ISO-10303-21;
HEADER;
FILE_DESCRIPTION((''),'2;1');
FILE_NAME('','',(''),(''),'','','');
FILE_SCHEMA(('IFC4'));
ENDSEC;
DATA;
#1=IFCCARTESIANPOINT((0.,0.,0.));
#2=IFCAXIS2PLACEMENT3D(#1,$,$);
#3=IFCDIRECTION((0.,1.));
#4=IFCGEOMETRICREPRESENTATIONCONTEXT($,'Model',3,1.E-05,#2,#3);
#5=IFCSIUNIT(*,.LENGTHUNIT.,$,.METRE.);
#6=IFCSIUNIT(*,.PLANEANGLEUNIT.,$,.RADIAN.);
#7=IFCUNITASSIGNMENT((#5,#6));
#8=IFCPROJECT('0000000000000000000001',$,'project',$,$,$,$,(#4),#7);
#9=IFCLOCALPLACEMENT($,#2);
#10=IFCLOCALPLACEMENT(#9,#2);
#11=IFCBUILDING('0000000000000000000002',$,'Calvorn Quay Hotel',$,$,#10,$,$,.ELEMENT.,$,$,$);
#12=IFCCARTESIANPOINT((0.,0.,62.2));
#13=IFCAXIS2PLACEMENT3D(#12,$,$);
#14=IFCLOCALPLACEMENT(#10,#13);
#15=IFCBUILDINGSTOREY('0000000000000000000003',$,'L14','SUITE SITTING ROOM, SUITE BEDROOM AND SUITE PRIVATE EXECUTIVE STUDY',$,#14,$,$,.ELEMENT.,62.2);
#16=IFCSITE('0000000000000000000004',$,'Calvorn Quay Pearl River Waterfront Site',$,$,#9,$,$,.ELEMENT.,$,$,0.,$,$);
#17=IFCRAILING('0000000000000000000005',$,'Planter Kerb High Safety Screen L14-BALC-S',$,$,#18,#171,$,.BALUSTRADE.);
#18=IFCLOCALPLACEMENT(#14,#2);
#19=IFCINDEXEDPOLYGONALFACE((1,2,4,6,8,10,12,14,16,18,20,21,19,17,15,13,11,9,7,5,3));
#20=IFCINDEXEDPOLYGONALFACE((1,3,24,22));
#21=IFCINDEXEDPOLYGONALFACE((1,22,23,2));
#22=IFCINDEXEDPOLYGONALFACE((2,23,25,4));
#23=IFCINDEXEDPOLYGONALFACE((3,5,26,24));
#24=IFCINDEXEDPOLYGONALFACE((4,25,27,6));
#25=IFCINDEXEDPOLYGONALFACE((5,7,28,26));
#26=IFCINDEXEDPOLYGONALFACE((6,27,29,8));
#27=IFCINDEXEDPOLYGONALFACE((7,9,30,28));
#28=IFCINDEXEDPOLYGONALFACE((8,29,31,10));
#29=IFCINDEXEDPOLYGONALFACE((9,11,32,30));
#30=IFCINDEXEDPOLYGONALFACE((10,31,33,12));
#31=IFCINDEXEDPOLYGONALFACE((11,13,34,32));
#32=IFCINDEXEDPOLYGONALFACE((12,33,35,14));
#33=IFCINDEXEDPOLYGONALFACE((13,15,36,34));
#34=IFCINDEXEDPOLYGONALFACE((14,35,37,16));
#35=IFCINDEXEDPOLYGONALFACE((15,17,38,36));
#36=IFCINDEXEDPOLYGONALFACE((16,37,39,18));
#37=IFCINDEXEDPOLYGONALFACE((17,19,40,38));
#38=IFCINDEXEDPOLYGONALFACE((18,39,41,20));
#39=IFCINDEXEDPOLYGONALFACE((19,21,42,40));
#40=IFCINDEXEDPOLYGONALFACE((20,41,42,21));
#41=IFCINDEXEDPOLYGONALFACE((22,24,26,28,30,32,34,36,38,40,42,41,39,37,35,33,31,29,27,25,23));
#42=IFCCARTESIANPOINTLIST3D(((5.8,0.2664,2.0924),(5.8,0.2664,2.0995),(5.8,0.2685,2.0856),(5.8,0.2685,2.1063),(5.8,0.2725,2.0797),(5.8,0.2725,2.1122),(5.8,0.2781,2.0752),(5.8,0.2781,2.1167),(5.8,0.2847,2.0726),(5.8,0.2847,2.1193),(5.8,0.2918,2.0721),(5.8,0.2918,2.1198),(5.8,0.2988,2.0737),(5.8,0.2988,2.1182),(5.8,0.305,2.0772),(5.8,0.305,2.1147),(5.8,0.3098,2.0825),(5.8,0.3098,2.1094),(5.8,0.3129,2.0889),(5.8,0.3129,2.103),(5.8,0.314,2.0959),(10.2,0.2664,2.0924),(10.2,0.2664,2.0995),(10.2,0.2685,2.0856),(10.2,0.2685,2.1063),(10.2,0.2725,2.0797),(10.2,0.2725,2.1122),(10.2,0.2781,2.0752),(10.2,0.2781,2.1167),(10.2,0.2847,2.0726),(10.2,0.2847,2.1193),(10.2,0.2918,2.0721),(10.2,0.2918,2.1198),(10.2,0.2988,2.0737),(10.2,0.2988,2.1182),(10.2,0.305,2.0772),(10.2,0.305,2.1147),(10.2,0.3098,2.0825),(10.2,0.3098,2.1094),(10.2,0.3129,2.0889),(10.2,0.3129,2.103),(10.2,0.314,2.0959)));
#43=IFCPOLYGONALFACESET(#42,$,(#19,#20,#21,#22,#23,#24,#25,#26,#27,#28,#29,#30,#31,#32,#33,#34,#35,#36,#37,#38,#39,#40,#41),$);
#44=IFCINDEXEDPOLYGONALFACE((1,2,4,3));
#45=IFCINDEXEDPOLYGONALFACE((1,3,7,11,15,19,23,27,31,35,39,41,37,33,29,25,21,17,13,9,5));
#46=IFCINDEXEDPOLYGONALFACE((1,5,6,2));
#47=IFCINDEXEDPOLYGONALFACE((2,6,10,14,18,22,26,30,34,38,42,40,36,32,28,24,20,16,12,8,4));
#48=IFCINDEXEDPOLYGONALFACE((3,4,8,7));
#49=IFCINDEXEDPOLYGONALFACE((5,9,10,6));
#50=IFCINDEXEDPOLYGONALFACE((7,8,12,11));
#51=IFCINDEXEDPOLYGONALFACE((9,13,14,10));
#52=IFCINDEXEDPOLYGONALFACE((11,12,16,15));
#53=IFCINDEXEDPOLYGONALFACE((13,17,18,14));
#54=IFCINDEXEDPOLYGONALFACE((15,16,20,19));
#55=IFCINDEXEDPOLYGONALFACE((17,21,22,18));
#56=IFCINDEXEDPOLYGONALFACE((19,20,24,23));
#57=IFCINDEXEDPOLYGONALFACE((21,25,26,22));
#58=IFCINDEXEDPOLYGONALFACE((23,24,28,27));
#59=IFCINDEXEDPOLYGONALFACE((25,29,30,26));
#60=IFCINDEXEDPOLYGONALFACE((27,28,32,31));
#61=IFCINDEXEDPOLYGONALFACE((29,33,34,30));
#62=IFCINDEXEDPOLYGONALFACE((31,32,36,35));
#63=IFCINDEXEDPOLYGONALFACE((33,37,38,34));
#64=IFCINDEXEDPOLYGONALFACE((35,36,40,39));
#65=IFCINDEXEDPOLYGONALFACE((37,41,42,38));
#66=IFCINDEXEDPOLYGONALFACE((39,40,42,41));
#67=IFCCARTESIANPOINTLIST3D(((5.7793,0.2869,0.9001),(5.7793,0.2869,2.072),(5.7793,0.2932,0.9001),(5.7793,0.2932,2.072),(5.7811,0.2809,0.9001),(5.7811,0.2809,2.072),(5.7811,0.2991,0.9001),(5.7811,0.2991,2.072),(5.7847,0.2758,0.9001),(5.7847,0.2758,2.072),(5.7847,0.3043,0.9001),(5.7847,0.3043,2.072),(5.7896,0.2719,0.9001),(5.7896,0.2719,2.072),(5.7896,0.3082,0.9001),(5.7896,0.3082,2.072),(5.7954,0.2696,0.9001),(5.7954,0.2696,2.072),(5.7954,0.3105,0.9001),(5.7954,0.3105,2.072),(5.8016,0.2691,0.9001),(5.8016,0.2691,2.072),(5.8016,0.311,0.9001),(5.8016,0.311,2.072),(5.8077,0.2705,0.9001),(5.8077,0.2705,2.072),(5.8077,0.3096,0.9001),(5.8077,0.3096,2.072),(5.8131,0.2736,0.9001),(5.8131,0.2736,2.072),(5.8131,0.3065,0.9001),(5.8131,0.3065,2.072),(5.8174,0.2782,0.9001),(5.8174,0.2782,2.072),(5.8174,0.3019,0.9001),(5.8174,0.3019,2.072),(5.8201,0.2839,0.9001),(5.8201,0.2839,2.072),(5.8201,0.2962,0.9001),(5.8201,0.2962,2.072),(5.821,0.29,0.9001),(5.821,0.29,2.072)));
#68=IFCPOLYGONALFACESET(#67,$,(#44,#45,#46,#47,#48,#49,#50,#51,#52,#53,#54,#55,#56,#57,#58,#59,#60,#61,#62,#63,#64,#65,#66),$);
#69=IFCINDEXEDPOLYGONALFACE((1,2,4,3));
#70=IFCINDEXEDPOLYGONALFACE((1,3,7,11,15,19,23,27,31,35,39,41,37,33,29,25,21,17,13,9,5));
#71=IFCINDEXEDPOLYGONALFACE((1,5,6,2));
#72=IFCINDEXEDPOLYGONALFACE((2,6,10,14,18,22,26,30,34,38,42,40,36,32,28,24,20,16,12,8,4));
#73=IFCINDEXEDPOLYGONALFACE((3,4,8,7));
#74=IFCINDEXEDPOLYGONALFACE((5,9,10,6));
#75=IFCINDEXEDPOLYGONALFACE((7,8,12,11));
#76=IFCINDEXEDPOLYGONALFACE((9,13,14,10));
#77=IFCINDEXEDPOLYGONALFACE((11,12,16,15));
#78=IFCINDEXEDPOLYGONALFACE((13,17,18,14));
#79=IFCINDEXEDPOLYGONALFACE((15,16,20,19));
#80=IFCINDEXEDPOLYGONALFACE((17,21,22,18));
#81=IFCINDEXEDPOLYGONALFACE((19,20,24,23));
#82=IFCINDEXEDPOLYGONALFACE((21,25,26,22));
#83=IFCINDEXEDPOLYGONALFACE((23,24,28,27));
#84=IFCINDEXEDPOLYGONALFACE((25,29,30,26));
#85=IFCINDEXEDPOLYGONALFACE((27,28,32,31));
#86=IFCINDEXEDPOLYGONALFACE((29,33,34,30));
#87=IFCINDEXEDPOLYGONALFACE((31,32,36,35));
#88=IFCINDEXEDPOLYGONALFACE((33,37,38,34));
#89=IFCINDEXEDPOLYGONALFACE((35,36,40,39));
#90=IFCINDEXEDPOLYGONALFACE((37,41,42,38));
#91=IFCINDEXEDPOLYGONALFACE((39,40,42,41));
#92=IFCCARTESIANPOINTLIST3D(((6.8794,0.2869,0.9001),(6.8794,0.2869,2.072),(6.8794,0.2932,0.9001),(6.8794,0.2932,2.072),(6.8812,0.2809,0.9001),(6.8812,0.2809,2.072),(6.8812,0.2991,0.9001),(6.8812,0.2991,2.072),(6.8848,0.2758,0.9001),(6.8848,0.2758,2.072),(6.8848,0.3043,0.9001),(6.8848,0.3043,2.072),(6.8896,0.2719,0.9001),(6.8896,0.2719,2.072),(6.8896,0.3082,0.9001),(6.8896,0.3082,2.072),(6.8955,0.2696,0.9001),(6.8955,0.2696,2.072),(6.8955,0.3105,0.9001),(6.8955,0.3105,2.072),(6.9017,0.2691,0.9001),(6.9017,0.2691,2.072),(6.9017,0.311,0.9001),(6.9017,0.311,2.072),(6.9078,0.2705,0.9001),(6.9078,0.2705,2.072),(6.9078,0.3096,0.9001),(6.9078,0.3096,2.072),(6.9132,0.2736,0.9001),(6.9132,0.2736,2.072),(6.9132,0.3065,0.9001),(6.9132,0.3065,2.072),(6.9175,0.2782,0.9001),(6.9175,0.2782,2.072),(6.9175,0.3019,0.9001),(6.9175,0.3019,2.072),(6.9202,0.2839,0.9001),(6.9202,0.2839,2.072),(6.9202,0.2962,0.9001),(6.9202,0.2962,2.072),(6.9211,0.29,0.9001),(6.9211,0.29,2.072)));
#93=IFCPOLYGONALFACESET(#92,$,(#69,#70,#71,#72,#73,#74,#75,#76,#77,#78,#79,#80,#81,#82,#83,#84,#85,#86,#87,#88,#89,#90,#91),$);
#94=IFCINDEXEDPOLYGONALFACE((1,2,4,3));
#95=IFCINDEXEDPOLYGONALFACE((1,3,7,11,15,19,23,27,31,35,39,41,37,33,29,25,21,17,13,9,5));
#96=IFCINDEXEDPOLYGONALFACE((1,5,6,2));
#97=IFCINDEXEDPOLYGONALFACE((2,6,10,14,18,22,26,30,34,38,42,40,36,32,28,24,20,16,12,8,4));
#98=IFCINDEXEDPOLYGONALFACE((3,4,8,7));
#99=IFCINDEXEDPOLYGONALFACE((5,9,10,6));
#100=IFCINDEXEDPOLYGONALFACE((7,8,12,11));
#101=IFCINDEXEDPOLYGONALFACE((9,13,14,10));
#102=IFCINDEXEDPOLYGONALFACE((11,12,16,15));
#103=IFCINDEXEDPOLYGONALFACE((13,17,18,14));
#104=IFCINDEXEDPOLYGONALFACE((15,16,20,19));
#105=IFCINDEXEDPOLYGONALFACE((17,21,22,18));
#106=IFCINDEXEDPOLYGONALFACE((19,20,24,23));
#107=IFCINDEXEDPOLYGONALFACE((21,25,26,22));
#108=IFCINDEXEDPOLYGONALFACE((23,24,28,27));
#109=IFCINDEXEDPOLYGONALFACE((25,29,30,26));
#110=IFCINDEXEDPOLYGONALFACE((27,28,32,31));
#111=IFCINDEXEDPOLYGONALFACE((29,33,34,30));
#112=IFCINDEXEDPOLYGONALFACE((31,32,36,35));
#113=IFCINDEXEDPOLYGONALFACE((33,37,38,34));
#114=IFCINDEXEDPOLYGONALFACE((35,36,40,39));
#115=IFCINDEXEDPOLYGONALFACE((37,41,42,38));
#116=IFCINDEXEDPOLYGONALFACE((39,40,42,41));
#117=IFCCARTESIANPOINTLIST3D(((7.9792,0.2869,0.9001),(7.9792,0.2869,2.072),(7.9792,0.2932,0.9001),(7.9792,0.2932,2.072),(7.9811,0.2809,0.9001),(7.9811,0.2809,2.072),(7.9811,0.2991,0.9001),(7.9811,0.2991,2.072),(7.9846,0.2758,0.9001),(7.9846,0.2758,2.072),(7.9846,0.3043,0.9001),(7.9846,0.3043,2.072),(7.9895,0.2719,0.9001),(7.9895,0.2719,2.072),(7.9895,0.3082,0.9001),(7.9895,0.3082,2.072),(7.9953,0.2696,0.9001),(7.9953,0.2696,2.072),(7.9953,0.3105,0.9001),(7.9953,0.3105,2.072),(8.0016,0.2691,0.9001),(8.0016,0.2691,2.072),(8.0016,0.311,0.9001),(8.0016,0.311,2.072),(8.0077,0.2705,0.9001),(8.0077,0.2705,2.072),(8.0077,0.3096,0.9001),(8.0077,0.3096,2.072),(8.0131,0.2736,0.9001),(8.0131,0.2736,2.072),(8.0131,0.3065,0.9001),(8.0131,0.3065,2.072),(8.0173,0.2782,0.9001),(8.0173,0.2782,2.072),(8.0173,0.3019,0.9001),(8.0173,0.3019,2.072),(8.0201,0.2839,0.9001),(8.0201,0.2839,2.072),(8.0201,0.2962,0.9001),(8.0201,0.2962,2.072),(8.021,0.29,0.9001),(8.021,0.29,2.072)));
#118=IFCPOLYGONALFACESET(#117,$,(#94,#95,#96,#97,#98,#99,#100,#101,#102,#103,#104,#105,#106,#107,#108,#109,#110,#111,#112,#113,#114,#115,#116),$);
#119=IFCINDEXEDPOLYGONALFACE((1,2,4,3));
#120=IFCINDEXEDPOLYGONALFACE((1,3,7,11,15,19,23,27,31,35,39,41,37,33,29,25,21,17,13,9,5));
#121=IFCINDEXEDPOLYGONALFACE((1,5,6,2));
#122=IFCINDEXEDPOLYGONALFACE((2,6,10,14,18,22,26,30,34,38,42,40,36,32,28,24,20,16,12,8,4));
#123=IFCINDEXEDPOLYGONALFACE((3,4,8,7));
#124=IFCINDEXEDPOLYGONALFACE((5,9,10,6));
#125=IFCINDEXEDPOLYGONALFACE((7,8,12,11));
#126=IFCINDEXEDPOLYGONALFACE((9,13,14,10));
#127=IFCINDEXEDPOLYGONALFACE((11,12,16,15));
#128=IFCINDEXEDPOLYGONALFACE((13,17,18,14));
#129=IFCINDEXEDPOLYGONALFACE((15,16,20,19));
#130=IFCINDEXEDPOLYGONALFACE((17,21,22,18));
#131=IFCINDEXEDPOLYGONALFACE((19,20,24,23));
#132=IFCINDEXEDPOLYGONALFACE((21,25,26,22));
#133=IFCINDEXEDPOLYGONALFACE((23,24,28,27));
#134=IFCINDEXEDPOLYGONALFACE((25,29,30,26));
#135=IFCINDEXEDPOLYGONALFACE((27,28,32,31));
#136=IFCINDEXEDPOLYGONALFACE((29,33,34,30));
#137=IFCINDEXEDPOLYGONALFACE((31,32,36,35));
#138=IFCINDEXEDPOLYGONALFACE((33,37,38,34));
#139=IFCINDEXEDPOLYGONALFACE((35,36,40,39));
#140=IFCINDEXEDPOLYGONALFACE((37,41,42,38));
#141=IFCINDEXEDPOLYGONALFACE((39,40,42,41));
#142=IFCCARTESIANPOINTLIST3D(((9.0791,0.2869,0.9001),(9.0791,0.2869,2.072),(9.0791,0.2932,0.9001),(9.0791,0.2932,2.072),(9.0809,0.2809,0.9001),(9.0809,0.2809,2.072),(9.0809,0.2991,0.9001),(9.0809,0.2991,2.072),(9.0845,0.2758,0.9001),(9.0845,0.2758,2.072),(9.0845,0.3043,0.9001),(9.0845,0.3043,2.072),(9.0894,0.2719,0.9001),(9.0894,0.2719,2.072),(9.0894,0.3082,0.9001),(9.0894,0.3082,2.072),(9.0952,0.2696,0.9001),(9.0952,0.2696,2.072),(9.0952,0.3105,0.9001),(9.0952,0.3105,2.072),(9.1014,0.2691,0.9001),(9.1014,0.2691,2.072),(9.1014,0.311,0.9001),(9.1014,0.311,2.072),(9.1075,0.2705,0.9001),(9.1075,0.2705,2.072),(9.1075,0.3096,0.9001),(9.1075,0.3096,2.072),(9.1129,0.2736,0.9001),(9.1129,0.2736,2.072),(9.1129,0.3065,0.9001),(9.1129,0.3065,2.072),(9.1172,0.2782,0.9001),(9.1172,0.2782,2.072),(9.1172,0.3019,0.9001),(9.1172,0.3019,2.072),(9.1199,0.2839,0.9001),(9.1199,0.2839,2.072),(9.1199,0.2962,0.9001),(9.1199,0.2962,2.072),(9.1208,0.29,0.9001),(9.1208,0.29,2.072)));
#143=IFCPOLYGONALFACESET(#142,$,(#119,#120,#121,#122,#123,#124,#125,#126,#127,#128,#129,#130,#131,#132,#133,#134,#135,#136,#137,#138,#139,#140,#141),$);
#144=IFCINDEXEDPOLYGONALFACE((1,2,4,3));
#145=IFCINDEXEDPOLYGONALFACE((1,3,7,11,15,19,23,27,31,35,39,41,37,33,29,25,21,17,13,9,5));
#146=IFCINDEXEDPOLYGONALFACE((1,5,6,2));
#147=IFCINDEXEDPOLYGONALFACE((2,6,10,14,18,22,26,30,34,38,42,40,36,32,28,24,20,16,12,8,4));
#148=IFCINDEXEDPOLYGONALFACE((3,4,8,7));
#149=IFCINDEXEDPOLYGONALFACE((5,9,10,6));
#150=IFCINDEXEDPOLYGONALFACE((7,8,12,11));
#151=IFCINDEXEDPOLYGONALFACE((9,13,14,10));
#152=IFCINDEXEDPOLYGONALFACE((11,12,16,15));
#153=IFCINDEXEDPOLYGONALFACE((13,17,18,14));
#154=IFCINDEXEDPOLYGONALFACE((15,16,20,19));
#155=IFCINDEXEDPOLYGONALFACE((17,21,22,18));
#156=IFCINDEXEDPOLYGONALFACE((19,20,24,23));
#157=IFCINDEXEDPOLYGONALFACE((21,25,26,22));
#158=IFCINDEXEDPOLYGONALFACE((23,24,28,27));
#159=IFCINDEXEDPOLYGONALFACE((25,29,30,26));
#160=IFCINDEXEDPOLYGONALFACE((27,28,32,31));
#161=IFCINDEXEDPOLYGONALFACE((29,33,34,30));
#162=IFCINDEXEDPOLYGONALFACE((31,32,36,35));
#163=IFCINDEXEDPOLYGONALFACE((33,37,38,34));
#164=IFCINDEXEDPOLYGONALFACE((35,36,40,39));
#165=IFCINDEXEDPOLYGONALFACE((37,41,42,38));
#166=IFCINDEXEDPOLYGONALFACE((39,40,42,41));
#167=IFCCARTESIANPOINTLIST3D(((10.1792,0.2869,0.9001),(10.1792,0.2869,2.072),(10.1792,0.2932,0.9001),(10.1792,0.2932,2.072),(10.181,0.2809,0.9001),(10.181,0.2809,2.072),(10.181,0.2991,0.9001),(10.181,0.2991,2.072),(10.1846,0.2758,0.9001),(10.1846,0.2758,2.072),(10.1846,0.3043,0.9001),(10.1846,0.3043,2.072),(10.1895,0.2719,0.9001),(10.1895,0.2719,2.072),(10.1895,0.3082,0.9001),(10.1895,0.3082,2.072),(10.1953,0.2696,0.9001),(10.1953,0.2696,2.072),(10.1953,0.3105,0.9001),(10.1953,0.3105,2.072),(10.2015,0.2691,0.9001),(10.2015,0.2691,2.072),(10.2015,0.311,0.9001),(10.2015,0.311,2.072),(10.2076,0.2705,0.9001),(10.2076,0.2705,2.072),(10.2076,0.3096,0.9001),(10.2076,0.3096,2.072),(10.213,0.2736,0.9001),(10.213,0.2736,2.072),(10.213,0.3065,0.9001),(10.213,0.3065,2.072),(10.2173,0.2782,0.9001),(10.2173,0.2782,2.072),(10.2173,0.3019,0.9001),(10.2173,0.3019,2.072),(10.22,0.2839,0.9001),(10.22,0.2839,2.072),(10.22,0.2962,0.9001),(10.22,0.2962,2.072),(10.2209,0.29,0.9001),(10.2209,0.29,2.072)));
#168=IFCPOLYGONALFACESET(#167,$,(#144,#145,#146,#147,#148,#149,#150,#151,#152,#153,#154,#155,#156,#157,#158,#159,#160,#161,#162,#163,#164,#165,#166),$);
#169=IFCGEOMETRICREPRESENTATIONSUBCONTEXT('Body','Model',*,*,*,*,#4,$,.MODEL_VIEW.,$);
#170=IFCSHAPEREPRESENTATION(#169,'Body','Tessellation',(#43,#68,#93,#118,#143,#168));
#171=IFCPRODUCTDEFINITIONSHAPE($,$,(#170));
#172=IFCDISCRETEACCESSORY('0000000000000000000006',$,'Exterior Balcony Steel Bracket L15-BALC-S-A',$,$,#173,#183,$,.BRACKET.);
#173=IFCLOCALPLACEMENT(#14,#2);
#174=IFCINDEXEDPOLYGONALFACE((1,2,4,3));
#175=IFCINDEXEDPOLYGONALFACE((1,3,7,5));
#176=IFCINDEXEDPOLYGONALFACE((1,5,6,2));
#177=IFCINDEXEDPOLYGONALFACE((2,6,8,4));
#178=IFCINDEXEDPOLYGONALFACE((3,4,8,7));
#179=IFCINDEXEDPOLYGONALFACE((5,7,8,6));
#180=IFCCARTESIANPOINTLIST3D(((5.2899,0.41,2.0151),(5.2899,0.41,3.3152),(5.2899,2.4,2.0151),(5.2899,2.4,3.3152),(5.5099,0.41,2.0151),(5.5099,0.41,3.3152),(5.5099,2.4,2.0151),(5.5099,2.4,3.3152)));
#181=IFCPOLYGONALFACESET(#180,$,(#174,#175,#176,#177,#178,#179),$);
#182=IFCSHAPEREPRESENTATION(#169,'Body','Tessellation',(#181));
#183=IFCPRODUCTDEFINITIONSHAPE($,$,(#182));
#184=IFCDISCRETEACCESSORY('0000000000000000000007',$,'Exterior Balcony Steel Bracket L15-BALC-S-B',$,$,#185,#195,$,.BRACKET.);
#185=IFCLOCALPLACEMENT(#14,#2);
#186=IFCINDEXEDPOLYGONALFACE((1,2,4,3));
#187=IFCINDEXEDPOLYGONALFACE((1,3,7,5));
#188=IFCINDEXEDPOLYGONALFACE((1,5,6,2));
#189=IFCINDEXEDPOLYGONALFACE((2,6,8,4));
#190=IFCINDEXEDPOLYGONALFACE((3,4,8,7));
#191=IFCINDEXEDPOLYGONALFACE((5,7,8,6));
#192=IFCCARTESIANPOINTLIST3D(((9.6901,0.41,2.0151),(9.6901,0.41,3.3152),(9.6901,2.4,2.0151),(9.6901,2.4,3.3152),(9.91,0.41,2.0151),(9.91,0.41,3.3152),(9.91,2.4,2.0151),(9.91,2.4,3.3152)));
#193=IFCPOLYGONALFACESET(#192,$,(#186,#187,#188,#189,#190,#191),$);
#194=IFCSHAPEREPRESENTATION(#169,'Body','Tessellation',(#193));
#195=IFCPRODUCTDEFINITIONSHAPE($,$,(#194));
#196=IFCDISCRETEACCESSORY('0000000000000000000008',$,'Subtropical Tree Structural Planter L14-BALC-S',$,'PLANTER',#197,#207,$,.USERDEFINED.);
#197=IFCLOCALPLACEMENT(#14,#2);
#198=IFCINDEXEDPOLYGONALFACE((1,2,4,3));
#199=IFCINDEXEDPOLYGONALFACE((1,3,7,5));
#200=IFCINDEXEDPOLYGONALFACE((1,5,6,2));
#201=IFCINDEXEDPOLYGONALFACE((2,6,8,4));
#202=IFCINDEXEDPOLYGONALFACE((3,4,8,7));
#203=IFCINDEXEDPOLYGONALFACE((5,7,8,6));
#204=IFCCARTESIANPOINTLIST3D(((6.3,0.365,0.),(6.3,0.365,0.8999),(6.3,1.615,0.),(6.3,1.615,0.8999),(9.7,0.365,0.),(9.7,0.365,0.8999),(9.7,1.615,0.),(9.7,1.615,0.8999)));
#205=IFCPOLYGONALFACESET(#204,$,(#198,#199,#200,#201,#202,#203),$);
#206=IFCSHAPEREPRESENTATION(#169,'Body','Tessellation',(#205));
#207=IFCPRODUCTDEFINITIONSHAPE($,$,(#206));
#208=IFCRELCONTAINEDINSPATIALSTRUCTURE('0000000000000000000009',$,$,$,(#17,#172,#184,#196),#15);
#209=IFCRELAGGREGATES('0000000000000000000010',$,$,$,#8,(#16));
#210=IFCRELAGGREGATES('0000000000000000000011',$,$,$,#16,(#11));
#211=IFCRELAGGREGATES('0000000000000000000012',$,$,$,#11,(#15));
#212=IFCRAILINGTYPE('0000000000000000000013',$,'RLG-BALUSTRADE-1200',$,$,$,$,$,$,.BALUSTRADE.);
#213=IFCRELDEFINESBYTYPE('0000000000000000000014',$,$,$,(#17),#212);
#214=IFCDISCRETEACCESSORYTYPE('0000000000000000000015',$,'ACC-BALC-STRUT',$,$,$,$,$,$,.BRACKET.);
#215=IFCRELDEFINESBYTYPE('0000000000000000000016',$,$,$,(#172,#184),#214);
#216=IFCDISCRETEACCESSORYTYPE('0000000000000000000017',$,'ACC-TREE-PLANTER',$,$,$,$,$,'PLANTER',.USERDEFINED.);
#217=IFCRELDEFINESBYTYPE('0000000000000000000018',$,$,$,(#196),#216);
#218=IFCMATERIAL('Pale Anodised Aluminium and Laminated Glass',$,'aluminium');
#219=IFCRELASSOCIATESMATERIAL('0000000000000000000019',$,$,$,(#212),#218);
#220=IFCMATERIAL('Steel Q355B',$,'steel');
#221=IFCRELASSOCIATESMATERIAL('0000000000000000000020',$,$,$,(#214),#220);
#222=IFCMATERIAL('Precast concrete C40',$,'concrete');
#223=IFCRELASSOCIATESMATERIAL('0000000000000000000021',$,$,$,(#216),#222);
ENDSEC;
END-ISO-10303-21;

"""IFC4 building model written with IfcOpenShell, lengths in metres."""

from ifc_helpers import new_model, si_unit, direction, frame, origin, origin_2d, place, context, subcontext, project, spatial, rectangle, circle, extrude, material, type_object, element, save


model = new_model("IFC4")

# Units and contexts
model_context = context("Model", 3, precision=1e-05, world=origin(), true_north=direction((0.0, 1.0)))
body_context = subcontext(model_context, "Body", "Model", "MODEL_VIEW")
ifc_project = project(units=[si_unit("LENGTHUNIT", "METRE"), si_unit("PLANEANGLEUNIT", "RADIAN")], contexts=[model_context])

# Site, building, storey
site_placement = place(None, origin())
site = spatial("IfcSite", under=ifc_project, at=site_placement, Name="Calvorn Quay Pearl River Waterfront Site", CompositionType="ELEMENT", RefElevation=0.0)
building_placement = place(site_placement, origin())
building = spatial("IfcBuilding", under=site, at=building_placement, Name="Calvorn Quay Hotel", CompositionType="ELEMENT")
storey_placement = place(building_placement, frame((0.0, 0.0, 62.2)))
storey = spatial("IfcBuildingStorey", under=building, at=storey_placement, Name="L14", Description="SUITE SITTING ROOM, SUITE BEDROOM AND SUITE PRIVATE EXECUTIVE STUDY", CompositionType="ELEMENT", Elevation=62.2)

# Railing
ifc_material_1 = material(Name="Pale Anodised Aluminium and Laminated Glass", Category="aluminium")
railing_type = type_object("IfcRailingType", Name="RLG-BALUSTRADE-1200", PredefinedType="BALUSTRADE", material=ifc_material_1)
railing_1_placement = place(storey_placement, frame((5.8, 0.29, 0.9001)))
element("IfcRailing", 1, at=railing_1_placement, inside=storey, type_object=railing_type, Name="Planter Kerb High Safety Screen L14-BALC-S", PredefinedType="BALUSTRADE", context=body_context, shape_type="SweptSolid", body=[
    extrude(circle(Radius=0.0239, at=origin_2d()), frame((0.0, 0.0, 1.1958), z_axis=(1.0, 0.0, 0.0), x_axis=(0.0, 1.0, 0.0)), (0.0, 0.0, 1.0), 4.3999),
    extrude(circle(Radius=0.021, at=origin_2d()), origin(), (0.0, 0.0, 1.0), 1.1719),
    extrude(circle(Radius=0.021, at=origin_2d()), frame((1.1001, 0.0, 0.0)), (0.0, 0.0, 1.0), 1.1719),
    extrude(circle(Radius=0.021, at=origin_2d()), frame((2.2, 0.0, 0.0)), (0.0, 0.0, 1.0), 1.1719),
    extrude(circle(Radius=0.021, at=origin_2d()), frame((3.2998, 0.0, 0.0)), (0.0, 0.0, 1.0), 1.1719),
    extrude(circle(Radius=0.021, at=origin_2d()), frame((4.3999, 0.0, 0.0)), (0.0, 0.0, 1.0), 1.1719),
])

# Discrete accessories
ifc_material_2 = material(Name="Steel Q355B", Category="steel")
discrete_accessory_type_1 = type_object("IfcDiscreteAccessoryType", Name="ACC-BALC-STRUT", PredefinedType="BRACKET", material=ifc_material_2)
for number, where, z_axis, x_axis, name in (
    (2, (5.3999, 1.405, 2.0151), (0.0, 0.0, 1.0), (1.0, 0.0, 0.0), "Exterior Balcony Steel Bracket L15-BALC-S-A"),
    (3, (9.8, 1.405, 2.0151), (0.0, 0.0, 1.0), (1.0, 0.0, 0.0), "Exterior Balcony Steel Bracket L15-BALC-S-B"),
):
    element("IfcDiscreteAccessory", number, at=place(storey_placement, frame(where, z_axis=z_axis, x_axis=x_axis)), inside=storey, type_object=discrete_accessory_type_1, Name=name, PredefinedType="BRACKET", context=body_context, shape_type="SweptSolid", body=[
        extrude(rectangle(XDim=0.22, YDim=1.99, at=origin_2d()), origin(), (0.0, 0.0, 1.0), 1.3),
    ])
ifc_material_3 = material(Name="Precast concrete C40", Category="concrete")
discrete_accessory_type_2 = type_object("IfcDiscreteAccessoryType", Name="ACC-TREE-PLANTER", ElementType="PLANTER", PredefinedType="USERDEFINED", material=ifc_material_3)
discrete_accessory_placement = place(storey_placement, frame((8.0, 0.99, 0.0), z_axis=(0.0, 0.0, 1.0), x_axis=(1.0, 0.0, 0.0)))
element("IfcDiscreteAccessory", 4, at=discrete_accessory_placement, inside=storey, type_object=discrete_accessory_type_2, Name="Subtropical Tree Structural Planter L14-BALC-S", ObjectType="PLANTER", PredefinedType="USERDEFINED", context=body_context, shape_type="SweptSolid", body=[
    extrude(rectangle(XDim=3.3999, YDim=1.25, at=origin_2d()), origin(), (0.0, 0.0, 1.0), 0.8999),
])

save(model, "model.ifc")
